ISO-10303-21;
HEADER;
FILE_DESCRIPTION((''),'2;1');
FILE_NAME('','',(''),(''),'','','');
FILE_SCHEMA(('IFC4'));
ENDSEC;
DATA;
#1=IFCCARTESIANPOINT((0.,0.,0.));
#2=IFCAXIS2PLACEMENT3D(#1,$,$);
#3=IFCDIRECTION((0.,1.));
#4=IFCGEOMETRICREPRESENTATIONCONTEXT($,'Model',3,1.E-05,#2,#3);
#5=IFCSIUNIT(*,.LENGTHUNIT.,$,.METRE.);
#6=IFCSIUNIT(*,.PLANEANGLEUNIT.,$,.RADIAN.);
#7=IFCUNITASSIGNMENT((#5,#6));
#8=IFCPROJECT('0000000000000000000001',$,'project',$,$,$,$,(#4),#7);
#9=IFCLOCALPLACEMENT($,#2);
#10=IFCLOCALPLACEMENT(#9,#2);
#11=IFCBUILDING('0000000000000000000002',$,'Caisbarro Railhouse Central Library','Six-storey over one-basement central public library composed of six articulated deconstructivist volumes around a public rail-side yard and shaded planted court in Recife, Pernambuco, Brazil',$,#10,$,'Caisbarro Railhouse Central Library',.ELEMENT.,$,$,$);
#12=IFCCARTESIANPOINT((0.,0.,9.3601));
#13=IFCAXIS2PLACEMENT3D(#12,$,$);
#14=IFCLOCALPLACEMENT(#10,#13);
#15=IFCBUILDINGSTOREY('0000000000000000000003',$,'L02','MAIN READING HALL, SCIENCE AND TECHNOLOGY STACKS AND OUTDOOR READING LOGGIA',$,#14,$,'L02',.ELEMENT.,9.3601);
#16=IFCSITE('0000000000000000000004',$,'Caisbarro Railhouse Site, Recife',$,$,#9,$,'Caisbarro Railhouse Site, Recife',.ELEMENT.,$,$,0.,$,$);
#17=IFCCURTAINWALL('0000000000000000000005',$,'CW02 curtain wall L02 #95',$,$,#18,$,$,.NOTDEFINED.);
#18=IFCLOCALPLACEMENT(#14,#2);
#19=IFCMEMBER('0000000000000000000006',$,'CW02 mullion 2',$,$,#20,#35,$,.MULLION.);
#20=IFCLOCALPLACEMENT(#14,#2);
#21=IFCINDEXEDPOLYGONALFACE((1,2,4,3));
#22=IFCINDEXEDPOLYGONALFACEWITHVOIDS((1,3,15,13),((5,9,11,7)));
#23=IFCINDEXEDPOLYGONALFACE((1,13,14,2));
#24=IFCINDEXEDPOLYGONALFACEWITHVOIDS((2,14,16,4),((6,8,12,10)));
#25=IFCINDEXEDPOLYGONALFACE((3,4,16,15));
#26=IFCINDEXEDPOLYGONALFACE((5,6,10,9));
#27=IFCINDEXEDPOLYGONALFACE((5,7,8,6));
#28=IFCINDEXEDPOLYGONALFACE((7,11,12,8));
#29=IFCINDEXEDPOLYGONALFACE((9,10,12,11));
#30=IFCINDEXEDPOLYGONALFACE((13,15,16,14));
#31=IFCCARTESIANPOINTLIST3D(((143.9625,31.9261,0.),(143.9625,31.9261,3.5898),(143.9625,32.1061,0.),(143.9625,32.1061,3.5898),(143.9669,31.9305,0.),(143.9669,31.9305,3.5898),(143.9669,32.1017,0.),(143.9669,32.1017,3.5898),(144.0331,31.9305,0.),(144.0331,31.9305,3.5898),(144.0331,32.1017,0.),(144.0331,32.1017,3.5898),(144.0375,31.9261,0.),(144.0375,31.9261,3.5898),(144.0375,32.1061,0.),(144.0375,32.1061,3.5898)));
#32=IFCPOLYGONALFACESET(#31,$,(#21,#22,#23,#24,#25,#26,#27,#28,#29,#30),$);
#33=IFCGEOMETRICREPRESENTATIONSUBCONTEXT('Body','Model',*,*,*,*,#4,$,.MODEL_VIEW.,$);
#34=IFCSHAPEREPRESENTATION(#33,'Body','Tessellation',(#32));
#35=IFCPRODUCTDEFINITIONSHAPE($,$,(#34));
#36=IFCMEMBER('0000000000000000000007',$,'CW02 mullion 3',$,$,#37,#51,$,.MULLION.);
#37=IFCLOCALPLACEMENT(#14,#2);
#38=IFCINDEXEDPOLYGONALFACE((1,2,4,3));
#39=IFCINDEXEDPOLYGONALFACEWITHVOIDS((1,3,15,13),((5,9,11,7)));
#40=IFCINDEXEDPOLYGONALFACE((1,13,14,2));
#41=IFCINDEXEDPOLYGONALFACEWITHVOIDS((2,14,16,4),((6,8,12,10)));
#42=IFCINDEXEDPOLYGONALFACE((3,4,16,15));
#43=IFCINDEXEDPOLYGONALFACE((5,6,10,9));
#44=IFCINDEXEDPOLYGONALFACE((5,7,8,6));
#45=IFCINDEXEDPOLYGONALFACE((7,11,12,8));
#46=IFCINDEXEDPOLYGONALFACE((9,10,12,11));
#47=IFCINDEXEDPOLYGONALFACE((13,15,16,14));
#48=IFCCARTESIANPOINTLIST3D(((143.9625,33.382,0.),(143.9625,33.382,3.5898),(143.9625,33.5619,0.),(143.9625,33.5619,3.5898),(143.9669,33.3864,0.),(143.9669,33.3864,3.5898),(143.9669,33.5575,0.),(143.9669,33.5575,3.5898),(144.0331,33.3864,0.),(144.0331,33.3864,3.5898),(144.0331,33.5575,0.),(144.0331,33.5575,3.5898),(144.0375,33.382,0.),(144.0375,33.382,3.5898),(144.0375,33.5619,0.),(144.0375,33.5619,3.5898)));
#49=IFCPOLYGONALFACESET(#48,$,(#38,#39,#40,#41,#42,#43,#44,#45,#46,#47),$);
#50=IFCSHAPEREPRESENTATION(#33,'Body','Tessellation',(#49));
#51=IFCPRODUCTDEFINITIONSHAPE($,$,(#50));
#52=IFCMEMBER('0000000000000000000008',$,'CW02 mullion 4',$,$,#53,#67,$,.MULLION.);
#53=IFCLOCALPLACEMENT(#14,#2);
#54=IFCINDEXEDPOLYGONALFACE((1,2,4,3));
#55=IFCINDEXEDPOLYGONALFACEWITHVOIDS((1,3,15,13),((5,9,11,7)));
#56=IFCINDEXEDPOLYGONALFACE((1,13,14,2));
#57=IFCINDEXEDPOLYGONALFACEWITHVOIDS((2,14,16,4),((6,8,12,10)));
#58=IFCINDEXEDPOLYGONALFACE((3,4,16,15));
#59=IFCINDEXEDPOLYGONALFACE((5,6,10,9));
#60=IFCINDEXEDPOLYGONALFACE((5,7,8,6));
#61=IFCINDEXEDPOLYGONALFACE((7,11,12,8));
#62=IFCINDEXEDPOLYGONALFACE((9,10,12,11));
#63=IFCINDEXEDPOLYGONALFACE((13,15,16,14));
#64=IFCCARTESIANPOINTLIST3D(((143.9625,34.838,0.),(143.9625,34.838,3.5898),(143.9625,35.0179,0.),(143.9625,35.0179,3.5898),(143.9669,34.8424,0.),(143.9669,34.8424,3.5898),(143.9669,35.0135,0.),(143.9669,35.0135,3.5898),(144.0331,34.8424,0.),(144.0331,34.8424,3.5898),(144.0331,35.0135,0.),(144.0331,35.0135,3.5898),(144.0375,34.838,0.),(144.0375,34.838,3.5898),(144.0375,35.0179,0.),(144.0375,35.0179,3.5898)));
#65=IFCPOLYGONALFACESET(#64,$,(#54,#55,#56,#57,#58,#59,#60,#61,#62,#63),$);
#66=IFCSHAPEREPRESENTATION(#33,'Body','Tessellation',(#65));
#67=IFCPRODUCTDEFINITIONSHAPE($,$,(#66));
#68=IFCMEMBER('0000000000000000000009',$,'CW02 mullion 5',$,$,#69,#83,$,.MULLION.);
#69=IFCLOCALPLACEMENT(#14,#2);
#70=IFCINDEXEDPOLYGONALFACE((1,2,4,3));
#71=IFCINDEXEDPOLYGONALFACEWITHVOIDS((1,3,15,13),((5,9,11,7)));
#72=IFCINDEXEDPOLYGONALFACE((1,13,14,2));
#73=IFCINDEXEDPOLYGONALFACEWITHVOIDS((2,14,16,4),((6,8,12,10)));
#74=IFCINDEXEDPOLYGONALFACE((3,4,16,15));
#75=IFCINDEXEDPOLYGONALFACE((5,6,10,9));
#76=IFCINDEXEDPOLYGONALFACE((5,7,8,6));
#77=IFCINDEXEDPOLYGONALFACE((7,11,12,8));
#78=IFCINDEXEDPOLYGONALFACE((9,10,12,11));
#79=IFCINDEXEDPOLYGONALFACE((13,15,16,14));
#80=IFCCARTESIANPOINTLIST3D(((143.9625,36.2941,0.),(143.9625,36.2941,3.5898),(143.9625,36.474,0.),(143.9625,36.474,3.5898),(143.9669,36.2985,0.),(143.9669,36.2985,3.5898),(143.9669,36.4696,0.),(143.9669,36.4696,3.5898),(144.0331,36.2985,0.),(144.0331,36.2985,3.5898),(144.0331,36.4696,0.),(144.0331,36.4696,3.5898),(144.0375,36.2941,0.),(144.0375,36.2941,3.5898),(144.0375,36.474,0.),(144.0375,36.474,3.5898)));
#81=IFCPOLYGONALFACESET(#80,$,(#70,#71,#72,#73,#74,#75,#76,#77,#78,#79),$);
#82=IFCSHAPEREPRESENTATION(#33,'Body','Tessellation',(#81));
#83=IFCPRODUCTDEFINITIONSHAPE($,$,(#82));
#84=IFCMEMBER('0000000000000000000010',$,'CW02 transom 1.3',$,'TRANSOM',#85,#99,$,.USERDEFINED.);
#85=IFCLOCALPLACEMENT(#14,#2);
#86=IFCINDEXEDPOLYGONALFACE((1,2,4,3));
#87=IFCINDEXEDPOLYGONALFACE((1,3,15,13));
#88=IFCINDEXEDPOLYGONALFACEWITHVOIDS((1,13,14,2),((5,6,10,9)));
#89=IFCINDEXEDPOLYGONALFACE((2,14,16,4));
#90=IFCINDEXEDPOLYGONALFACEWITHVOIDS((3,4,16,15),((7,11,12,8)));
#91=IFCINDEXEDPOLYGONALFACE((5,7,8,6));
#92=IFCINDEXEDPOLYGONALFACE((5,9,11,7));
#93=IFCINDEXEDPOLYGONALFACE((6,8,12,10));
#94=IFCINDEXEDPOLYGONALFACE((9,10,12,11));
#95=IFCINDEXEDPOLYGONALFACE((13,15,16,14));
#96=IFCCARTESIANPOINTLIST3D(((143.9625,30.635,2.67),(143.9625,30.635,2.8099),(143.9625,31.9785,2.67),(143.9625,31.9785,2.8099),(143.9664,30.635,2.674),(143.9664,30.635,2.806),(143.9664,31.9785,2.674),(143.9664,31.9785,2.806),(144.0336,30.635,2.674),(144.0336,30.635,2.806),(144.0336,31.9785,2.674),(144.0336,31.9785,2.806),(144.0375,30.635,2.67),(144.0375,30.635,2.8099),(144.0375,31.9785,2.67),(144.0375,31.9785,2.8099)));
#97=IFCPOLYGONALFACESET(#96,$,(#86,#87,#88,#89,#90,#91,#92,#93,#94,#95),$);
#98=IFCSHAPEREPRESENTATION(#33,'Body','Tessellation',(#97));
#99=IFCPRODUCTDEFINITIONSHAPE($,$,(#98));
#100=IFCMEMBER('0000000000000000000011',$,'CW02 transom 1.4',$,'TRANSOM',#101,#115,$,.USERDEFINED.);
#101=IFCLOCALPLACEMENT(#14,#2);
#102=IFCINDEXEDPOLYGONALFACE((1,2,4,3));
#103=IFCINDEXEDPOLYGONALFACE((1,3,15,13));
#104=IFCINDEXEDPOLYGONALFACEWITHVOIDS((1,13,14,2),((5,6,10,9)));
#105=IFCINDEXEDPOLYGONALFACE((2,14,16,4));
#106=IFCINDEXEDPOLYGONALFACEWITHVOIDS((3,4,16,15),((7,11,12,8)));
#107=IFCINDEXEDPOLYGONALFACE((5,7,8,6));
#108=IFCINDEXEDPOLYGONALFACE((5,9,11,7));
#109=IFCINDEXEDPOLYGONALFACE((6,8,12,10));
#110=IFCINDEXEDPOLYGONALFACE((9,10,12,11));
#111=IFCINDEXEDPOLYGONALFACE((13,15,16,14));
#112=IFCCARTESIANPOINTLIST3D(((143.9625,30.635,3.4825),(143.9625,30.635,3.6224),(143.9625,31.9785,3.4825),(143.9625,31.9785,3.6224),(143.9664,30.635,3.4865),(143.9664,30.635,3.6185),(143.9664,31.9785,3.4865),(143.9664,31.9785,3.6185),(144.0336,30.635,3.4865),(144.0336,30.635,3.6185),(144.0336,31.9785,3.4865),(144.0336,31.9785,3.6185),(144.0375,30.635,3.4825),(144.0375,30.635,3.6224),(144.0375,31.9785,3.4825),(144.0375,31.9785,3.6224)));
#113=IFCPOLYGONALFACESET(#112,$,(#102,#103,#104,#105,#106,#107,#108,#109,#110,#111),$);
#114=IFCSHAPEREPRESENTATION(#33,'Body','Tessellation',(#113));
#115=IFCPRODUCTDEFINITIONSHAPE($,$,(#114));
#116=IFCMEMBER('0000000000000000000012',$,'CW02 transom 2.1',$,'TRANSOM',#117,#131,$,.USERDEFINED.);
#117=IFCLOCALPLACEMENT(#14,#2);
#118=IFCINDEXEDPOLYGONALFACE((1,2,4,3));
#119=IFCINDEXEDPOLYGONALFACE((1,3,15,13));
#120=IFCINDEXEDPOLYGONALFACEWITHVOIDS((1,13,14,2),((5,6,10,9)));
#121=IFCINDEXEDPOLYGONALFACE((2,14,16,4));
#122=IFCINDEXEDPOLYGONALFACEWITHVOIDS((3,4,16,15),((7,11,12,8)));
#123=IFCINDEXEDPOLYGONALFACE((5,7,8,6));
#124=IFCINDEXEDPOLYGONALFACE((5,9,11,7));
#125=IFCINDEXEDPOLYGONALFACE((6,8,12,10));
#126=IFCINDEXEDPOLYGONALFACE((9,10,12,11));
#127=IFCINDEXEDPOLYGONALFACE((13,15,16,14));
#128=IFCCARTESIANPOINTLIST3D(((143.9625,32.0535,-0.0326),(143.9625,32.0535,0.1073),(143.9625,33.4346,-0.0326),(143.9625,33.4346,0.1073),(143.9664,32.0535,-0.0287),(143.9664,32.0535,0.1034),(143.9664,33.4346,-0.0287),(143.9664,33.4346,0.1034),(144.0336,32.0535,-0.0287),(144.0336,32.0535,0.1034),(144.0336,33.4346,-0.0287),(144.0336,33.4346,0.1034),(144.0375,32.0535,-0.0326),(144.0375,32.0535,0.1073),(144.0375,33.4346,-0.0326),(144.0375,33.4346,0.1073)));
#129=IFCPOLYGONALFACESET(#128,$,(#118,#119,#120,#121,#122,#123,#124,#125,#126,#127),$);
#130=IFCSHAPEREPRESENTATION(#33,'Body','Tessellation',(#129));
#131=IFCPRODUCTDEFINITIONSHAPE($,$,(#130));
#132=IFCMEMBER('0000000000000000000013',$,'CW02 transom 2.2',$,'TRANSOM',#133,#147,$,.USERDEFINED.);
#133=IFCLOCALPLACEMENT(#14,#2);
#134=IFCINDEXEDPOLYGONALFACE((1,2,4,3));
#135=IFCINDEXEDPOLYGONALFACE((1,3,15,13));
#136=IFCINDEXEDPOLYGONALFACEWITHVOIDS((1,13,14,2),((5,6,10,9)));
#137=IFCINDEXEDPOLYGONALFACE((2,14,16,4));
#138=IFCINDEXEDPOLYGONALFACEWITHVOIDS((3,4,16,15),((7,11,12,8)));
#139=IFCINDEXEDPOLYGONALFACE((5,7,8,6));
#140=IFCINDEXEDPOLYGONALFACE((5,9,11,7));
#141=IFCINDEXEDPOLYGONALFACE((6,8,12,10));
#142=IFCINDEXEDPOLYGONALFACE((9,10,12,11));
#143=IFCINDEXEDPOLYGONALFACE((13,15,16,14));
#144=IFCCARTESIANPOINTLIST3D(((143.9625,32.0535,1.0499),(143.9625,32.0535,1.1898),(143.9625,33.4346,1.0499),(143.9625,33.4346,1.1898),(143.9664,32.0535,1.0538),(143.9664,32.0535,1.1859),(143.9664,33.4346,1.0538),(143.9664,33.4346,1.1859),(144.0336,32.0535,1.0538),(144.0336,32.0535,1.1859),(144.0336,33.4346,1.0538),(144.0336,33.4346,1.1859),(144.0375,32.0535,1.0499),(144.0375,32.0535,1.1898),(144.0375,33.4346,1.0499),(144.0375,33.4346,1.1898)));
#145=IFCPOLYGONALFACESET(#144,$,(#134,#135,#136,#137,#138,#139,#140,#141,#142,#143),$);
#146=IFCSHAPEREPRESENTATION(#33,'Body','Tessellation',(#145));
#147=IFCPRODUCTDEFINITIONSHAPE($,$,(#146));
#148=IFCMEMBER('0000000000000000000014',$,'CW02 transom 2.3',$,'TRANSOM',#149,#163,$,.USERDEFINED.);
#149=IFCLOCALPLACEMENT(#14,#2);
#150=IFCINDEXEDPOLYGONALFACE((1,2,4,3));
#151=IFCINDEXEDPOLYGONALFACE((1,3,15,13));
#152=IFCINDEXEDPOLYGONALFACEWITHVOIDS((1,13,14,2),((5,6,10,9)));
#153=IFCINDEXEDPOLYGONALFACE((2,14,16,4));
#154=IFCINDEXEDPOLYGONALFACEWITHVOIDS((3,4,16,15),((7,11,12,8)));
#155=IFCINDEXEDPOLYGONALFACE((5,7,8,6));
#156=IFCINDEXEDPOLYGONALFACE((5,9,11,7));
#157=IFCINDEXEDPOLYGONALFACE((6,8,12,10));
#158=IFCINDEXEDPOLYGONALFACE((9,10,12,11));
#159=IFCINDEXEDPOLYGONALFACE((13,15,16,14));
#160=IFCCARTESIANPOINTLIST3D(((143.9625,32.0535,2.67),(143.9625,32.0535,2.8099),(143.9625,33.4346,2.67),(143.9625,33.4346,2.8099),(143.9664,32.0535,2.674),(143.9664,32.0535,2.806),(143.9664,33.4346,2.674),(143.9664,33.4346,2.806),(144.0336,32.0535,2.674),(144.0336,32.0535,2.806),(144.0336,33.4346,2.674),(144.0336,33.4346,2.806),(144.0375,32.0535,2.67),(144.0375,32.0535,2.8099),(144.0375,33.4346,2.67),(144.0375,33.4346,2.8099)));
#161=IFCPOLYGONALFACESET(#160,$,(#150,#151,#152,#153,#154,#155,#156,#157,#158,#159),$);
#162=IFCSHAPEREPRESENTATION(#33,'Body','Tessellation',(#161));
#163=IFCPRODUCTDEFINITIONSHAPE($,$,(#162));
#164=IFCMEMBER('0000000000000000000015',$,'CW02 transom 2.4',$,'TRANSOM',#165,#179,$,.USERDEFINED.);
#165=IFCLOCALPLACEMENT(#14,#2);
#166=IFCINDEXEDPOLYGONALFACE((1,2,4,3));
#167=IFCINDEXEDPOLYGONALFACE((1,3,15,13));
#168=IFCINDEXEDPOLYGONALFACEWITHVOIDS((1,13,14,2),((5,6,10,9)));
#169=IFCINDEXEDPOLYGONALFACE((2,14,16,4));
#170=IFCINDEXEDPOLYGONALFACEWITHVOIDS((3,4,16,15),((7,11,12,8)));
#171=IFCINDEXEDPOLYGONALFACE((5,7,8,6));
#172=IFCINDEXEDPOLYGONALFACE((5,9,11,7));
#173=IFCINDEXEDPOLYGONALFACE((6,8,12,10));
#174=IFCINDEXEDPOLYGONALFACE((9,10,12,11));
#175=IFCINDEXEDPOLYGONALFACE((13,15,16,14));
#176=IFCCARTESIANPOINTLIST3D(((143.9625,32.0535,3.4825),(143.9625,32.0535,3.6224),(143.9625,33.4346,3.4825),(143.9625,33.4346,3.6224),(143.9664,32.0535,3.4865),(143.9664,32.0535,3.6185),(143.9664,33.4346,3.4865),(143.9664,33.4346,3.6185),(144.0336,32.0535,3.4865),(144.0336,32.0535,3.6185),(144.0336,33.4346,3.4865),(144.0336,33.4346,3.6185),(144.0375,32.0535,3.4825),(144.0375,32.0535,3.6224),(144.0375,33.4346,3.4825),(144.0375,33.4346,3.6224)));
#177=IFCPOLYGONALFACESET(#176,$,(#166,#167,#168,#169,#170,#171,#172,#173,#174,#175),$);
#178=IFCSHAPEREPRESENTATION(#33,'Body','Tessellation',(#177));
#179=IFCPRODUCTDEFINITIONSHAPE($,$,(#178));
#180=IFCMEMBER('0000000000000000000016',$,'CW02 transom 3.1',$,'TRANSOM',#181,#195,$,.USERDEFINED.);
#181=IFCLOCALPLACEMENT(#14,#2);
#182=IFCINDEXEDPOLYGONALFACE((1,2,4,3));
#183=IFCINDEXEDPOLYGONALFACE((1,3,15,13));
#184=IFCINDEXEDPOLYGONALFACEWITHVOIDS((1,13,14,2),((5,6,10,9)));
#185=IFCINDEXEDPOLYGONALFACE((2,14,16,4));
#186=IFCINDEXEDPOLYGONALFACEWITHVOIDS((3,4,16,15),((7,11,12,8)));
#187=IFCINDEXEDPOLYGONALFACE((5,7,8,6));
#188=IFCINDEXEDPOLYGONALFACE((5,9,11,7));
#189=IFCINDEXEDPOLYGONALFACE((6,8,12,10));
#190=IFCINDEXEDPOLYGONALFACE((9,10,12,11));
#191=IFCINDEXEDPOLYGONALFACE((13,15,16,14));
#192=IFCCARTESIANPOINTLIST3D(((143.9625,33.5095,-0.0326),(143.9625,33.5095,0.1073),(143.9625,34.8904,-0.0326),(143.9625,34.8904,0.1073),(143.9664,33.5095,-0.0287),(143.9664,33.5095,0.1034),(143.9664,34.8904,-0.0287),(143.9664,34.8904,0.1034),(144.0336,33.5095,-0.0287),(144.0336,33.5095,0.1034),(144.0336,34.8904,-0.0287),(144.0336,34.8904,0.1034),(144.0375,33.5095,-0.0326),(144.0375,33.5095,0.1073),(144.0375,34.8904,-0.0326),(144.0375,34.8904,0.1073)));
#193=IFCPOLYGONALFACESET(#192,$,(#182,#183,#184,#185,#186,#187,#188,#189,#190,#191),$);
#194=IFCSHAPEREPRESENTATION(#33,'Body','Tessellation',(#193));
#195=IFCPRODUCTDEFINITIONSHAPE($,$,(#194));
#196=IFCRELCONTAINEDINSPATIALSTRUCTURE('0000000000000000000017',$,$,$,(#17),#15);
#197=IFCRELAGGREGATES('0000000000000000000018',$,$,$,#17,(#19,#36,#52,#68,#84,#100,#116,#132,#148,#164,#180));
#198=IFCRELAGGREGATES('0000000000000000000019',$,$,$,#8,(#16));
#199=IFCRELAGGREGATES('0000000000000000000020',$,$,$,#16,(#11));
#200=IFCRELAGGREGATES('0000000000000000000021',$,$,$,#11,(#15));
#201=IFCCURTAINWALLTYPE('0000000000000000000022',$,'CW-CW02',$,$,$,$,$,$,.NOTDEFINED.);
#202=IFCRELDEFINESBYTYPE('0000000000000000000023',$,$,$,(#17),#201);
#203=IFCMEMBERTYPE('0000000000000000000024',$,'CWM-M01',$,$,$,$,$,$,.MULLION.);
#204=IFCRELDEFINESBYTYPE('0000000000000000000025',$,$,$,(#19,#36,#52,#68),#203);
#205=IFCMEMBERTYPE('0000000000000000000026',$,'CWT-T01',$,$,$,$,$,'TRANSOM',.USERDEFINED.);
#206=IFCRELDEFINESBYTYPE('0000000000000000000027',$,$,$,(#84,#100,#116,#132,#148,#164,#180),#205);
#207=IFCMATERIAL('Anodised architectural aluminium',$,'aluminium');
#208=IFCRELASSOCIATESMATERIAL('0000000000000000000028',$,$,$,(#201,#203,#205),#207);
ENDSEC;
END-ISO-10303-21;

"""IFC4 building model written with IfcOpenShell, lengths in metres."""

from ifc_helpers import new_model, si_unit, direction, frame, origin, origin_2d, place, context, subcontext, project, spatial, hollow_rectangle, extrude, material, material_profile, profile_set, type_object, element, aggregate, save


model = new_model("IFC4")

# Units and contexts
model_context = context("Model", 3, precision=1e-05, world=origin(), true_north=direction((0.0, 1.0)))
body_context = subcontext(model_context, "Body", "Model", "MODEL_VIEW")
ifc_project = project(units=[si_unit("LENGTHUNIT", "METRE"), si_unit("PLANEANGLEUNIT", "RADIAN")], contexts=[model_context])

# Site, building, storey
site_placement = place(None, origin())
site = spatial("IfcSite", under=ifc_project, at=site_placement, Name="Caisbarro Railhouse Site, Recife", LongName="Caisbarro Railhouse Site, Recife", CompositionType="ELEMENT", RefElevation=0.0)
building_placement = place(site_placement, origin())
building = spatial("IfcBuilding", under=site, at=building_placement, Name="Caisbarro Railhouse Central Library", Description="Six-storey over one-basement central public library composed of six articulated deconstructivist volumes around a public rail-side yard and shaded planted court in Recife, Pernambuco, Brazil", LongName="Caisbarro Railhouse Central Library", CompositionType="ELEMENT")
storey_placement = place(building_placement, frame((0.0, 0.0, 9.3601)))
storey = spatial("IfcBuildingStorey", under=building, at=storey_placement, Name="L02", Description="MAIN READING HALL, SCIENCE AND TECHNOLOGY STACKS AND OUTDOOR READING LOGGIA", LongName="L02", CompositionType="ELEMENT", Elevation=9.3601)

# Curtain wall, members
ifc_material_1 = material(Name="Anodised architectural aluminium", Category="aluminium")
curtain_wall_type = type_object("IfcCurtainWallType", Name="CW-CW02", PredefinedType="NOTDEFINED", material=ifc_material_1)
curtain_wall_placement = place(storey_placement, origin())
curtain_wall = element("IfcCurtainWall", 1, at=curtain_wall_placement, inside=storey, type_object=curtain_wall_type, Name="CW02 curtain wall L02 #95", PredefinedType="NOTDEFINED")
ifc_material_profile_1 = material_profile(ifc_material_1, hollow_rectangle(XDim=0.075, YDim=0.1799, WallThickness=0.0044, at=origin_2d()), Name="ALU-MUL-75X180")
ifc_profile_set_1 = profile_set([ifc_material_profile_1], Name="Anodised architectural aluminium")
member_type_1 = type_object("IfcMemberType", Name="CWM-M01", PredefinedType="MULLION", material=ifc_profile_set_1)
member_1_placement = place(storey_placement, frame((144.0, 32.0161, 0.0), z_axis=(0.0, 0.0, 1.0), x_axis=(-1.0, 0.0, 0.0)))
member_1 = element("IfcMember", 2, at=member_1_placement, type_object=member_type_1, Name="CW02 mullion 2", PredefinedType="MULLION", context=body_context, shape_type="SweptSolid", body=[
    extrude(hollow_rectangle(XDim=0.075, YDim=0.1799, WallThickness=0.0044, at=origin_2d()), origin(), (0.0, 0.0, 1.0), 3.5898),
])
member_2_placement = place(storey_placement, frame((144.0, 33.4719, 0.0), z_axis=(0.0, 0.0, 1.0), x_axis=(-1.0, 0.0, 0.0)))
member_2 = element("IfcMember", 3, at=member_2_placement, type_object=member_type_1, Name="CW02 mullion 3", PredefinedType="MULLION", context=body_context, shape_type="SweptSolid", body=[
    extrude(hollow_rectangle(XDim=0.075, YDim=0.1799, WallThickness=0.0044, at=origin_2d()), origin(), (0.0, 0.0, 1.0), 3.5898),
])
member_3_placement = place(storey_placement, frame((144.0, 34.928, 0.0), z_axis=(0.0, 0.0, 1.0), x_axis=(-1.0, 0.0, 0.0)))
member_3 = element("IfcMember", 4, at=member_3_placement, type_object=member_type_1, Name="CW02 mullion 4", PredefinedType="MULLION", context=body_context, shape_type="SweptSolid", body=[
    extrude(hollow_rectangle(XDim=0.075, YDim=0.1799, WallThickness=0.0044, at=origin_2d()), origin(), (0.0, 0.0, 1.0), 3.5898),
])
member_4_placement = place(storey_placement, frame((144.0, 36.384, 0.0), z_axis=(0.0, 0.0, 1.0), x_axis=(-1.0, 0.0, 0.0)))
member_4 = element("IfcMember", 5, at=member_4_placement, type_object=member_type_1, Name="CW02 mullion 5", PredefinedType="MULLION", context=body_context, shape_type="SweptSolid", body=[
    extrude(hollow_rectangle(XDim=0.075, YDim=0.1799, WallThickness=0.0044, at=origin_2d()), origin(), (0.0, 0.0, 1.0), 3.5898),
])
ifc_material_profile_2 = material_profile(ifc_material_1, hollow_rectangle(XDim=0.075, YDim=0.1399, WallThickness=0.0039, at=origin_2d()), Name="ALU-TRN-75X140")
ifc_profile_set_2 = profile_set([ifc_material_profile_2], Name="Anodised architectural aluminium")
member_type_2 = type_object("IfcMemberType", Name="CWT-T01", ElementType="TRANSOM", PredefinedType="USERDEFINED", material=ifc_profile_set_2)
member_5_placement = place(storey_placement, frame((144.0, 30.635, 2.74), z_axis=(0.0, 1.0, 0.0), x_axis=(-1.0, 0.0, 0.0)))
member_5 = element("IfcMember", 6, at=member_5_placement, type_object=member_type_2, Name="CW02 transom 1.3", ObjectType="TRANSOM", PredefinedType="USERDEFINED", context=body_context, shape_type="SweptSolid", body=[
    extrude(hollow_rectangle(XDim=0.075, YDim=0.1399, WallThickness=0.0039, at=origin_2d()), origin(), (0.0, 0.0, 1.0), 1.3435),
])
member_6_placement = place(storey_placement, frame((144.0, 30.635, 3.5525), z_axis=(0.0, 1.0, 0.0), x_axis=(-1.0, 0.0, 0.0)))
member_6 = element("IfcMember", 7, at=member_6_placement, type_object=member_type_2, Name="CW02 transom 1.4", ObjectType="TRANSOM", PredefinedType="USERDEFINED", context=body_context, shape_type="SweptSolid", body=[
    extrude(hollow_rectangle(XDim=0.075, YDim=0.1399, WallThickness=0.0039, at=origin_2d()), origin(), (0.0, 0.0, 1.0), 1.3435),
])
member_7_placement = place(storey_placement, frame((144.0, 32.0535, 0.0374), z_axis=(0.0, 1.0, 0.0), x_axis=(-1.0, 0.0, 0.0)))
member_7 = element("IfcMember", 8, at=member_7_placement, type_object=member_type_2, Name="CW02 transom 2.1", ObjectType="TRANSOM", PredefinedType="USERDEFINED", context=body_context, shape_type="SweptSolid", body=[
    extrude(hollow_rectangle(XDim=0.075, YDim=0.1399, WallThickness=0.0039, at=origin_2d()), origin(), (0.0, 0.0, 1.0), 1.3811),
])
member_8_placement = place(storey_placement, frame((144.0, 32.0535, 1.1199), z_axis=(0.0, 1.0, 0.0), x_axis=(-1.0, 0.0, 0.0)))
member_8 = element("IfcMember", 9, at=member_8_placement, type_object=member_type_2, Name="CW02 transom 2.2", ObjectType="TRANSOM", PredefinedType="USERDEFINED", context=body_context, shape_type="SweptSolid", body=[
    extrude(hollow_rectangle(XDim=0.075, YDim=0.1399, WallThickness=0.0039, at=origin_2d()), origin(), (0.0, 0.0, 1.0), 1.3811),
])
member_9_placement = place(storey_placement, frame((144.0, 32.0535, 2.74), z_axis=(0.0, 1.0, 0.0), x_axis=(-1.0, 0.0, 0.0)))
member_9 = element("IfcMember", 10, at=member_9_placement, type_object=member_type_2, Name="CW02 transom 2.3", ObjectType="TRANSOM", PredefinedType="USERDEFINED", context=body_context, shape_type="SweptSolid", body=[
    extrude(hollow_rectangle(XDim=0.075, YDim=0.1399, WallThickness=0.0039, at=origin_2d()), origin(), (0.0, 0.0, 1.0), 1.3811),
])
member_10_placement = place(storey_placement, frame((144.0, 32.0535, 3.5525), z_axis=(0.0, 1.0, 0.0), x_axis=(-1.0, 0.0, 0.0)))
member_10 = element("IfcMember", 11, at=member_10_placement, type_object=member_type_2, Name="CW02 transom 2.4", ObjectType="TRANSOM", PredefinedType="USERDEFINED", context=body_context, shape_type="SweptSolid", body=[
    extrude(hollow_rectangle(XDim=0.075, YDim=0.1399, WallThickness=0.0039, at=origin_2d()), origin(), (0.0, 0.0, 1.0), 1.3811),
])
member_11_placement = place(storey_placement, frame((144.0, 33.5095, 0.0374), z_axis=(0.0, 1.0, 0.0), x_axis=(-1.0, 0.0, 0.0)))
member_11 = element("IfcMember", 12, at=member_11_placement, type_object=member_type_2, Name="CW02 transom 3.1", ObjectType="TRANSOM", PredefinedType="USERDEFINED", context=body_context, shape_type="SweptSolid", body=[
    extrude(hollow_rectangle(XDim=0.075, YDim=0.1399, WallThickness=0.0039, at=origin_2d()), origin(), (0.0, 0.0, 1.0), 1.3809),
])
aggregate(curtain_wall, [member_1, member_2, member_3, member_4, member_5, member_6, member_7, member_8, member_9, member_10, member_11])

save(model, "model.ifc")
